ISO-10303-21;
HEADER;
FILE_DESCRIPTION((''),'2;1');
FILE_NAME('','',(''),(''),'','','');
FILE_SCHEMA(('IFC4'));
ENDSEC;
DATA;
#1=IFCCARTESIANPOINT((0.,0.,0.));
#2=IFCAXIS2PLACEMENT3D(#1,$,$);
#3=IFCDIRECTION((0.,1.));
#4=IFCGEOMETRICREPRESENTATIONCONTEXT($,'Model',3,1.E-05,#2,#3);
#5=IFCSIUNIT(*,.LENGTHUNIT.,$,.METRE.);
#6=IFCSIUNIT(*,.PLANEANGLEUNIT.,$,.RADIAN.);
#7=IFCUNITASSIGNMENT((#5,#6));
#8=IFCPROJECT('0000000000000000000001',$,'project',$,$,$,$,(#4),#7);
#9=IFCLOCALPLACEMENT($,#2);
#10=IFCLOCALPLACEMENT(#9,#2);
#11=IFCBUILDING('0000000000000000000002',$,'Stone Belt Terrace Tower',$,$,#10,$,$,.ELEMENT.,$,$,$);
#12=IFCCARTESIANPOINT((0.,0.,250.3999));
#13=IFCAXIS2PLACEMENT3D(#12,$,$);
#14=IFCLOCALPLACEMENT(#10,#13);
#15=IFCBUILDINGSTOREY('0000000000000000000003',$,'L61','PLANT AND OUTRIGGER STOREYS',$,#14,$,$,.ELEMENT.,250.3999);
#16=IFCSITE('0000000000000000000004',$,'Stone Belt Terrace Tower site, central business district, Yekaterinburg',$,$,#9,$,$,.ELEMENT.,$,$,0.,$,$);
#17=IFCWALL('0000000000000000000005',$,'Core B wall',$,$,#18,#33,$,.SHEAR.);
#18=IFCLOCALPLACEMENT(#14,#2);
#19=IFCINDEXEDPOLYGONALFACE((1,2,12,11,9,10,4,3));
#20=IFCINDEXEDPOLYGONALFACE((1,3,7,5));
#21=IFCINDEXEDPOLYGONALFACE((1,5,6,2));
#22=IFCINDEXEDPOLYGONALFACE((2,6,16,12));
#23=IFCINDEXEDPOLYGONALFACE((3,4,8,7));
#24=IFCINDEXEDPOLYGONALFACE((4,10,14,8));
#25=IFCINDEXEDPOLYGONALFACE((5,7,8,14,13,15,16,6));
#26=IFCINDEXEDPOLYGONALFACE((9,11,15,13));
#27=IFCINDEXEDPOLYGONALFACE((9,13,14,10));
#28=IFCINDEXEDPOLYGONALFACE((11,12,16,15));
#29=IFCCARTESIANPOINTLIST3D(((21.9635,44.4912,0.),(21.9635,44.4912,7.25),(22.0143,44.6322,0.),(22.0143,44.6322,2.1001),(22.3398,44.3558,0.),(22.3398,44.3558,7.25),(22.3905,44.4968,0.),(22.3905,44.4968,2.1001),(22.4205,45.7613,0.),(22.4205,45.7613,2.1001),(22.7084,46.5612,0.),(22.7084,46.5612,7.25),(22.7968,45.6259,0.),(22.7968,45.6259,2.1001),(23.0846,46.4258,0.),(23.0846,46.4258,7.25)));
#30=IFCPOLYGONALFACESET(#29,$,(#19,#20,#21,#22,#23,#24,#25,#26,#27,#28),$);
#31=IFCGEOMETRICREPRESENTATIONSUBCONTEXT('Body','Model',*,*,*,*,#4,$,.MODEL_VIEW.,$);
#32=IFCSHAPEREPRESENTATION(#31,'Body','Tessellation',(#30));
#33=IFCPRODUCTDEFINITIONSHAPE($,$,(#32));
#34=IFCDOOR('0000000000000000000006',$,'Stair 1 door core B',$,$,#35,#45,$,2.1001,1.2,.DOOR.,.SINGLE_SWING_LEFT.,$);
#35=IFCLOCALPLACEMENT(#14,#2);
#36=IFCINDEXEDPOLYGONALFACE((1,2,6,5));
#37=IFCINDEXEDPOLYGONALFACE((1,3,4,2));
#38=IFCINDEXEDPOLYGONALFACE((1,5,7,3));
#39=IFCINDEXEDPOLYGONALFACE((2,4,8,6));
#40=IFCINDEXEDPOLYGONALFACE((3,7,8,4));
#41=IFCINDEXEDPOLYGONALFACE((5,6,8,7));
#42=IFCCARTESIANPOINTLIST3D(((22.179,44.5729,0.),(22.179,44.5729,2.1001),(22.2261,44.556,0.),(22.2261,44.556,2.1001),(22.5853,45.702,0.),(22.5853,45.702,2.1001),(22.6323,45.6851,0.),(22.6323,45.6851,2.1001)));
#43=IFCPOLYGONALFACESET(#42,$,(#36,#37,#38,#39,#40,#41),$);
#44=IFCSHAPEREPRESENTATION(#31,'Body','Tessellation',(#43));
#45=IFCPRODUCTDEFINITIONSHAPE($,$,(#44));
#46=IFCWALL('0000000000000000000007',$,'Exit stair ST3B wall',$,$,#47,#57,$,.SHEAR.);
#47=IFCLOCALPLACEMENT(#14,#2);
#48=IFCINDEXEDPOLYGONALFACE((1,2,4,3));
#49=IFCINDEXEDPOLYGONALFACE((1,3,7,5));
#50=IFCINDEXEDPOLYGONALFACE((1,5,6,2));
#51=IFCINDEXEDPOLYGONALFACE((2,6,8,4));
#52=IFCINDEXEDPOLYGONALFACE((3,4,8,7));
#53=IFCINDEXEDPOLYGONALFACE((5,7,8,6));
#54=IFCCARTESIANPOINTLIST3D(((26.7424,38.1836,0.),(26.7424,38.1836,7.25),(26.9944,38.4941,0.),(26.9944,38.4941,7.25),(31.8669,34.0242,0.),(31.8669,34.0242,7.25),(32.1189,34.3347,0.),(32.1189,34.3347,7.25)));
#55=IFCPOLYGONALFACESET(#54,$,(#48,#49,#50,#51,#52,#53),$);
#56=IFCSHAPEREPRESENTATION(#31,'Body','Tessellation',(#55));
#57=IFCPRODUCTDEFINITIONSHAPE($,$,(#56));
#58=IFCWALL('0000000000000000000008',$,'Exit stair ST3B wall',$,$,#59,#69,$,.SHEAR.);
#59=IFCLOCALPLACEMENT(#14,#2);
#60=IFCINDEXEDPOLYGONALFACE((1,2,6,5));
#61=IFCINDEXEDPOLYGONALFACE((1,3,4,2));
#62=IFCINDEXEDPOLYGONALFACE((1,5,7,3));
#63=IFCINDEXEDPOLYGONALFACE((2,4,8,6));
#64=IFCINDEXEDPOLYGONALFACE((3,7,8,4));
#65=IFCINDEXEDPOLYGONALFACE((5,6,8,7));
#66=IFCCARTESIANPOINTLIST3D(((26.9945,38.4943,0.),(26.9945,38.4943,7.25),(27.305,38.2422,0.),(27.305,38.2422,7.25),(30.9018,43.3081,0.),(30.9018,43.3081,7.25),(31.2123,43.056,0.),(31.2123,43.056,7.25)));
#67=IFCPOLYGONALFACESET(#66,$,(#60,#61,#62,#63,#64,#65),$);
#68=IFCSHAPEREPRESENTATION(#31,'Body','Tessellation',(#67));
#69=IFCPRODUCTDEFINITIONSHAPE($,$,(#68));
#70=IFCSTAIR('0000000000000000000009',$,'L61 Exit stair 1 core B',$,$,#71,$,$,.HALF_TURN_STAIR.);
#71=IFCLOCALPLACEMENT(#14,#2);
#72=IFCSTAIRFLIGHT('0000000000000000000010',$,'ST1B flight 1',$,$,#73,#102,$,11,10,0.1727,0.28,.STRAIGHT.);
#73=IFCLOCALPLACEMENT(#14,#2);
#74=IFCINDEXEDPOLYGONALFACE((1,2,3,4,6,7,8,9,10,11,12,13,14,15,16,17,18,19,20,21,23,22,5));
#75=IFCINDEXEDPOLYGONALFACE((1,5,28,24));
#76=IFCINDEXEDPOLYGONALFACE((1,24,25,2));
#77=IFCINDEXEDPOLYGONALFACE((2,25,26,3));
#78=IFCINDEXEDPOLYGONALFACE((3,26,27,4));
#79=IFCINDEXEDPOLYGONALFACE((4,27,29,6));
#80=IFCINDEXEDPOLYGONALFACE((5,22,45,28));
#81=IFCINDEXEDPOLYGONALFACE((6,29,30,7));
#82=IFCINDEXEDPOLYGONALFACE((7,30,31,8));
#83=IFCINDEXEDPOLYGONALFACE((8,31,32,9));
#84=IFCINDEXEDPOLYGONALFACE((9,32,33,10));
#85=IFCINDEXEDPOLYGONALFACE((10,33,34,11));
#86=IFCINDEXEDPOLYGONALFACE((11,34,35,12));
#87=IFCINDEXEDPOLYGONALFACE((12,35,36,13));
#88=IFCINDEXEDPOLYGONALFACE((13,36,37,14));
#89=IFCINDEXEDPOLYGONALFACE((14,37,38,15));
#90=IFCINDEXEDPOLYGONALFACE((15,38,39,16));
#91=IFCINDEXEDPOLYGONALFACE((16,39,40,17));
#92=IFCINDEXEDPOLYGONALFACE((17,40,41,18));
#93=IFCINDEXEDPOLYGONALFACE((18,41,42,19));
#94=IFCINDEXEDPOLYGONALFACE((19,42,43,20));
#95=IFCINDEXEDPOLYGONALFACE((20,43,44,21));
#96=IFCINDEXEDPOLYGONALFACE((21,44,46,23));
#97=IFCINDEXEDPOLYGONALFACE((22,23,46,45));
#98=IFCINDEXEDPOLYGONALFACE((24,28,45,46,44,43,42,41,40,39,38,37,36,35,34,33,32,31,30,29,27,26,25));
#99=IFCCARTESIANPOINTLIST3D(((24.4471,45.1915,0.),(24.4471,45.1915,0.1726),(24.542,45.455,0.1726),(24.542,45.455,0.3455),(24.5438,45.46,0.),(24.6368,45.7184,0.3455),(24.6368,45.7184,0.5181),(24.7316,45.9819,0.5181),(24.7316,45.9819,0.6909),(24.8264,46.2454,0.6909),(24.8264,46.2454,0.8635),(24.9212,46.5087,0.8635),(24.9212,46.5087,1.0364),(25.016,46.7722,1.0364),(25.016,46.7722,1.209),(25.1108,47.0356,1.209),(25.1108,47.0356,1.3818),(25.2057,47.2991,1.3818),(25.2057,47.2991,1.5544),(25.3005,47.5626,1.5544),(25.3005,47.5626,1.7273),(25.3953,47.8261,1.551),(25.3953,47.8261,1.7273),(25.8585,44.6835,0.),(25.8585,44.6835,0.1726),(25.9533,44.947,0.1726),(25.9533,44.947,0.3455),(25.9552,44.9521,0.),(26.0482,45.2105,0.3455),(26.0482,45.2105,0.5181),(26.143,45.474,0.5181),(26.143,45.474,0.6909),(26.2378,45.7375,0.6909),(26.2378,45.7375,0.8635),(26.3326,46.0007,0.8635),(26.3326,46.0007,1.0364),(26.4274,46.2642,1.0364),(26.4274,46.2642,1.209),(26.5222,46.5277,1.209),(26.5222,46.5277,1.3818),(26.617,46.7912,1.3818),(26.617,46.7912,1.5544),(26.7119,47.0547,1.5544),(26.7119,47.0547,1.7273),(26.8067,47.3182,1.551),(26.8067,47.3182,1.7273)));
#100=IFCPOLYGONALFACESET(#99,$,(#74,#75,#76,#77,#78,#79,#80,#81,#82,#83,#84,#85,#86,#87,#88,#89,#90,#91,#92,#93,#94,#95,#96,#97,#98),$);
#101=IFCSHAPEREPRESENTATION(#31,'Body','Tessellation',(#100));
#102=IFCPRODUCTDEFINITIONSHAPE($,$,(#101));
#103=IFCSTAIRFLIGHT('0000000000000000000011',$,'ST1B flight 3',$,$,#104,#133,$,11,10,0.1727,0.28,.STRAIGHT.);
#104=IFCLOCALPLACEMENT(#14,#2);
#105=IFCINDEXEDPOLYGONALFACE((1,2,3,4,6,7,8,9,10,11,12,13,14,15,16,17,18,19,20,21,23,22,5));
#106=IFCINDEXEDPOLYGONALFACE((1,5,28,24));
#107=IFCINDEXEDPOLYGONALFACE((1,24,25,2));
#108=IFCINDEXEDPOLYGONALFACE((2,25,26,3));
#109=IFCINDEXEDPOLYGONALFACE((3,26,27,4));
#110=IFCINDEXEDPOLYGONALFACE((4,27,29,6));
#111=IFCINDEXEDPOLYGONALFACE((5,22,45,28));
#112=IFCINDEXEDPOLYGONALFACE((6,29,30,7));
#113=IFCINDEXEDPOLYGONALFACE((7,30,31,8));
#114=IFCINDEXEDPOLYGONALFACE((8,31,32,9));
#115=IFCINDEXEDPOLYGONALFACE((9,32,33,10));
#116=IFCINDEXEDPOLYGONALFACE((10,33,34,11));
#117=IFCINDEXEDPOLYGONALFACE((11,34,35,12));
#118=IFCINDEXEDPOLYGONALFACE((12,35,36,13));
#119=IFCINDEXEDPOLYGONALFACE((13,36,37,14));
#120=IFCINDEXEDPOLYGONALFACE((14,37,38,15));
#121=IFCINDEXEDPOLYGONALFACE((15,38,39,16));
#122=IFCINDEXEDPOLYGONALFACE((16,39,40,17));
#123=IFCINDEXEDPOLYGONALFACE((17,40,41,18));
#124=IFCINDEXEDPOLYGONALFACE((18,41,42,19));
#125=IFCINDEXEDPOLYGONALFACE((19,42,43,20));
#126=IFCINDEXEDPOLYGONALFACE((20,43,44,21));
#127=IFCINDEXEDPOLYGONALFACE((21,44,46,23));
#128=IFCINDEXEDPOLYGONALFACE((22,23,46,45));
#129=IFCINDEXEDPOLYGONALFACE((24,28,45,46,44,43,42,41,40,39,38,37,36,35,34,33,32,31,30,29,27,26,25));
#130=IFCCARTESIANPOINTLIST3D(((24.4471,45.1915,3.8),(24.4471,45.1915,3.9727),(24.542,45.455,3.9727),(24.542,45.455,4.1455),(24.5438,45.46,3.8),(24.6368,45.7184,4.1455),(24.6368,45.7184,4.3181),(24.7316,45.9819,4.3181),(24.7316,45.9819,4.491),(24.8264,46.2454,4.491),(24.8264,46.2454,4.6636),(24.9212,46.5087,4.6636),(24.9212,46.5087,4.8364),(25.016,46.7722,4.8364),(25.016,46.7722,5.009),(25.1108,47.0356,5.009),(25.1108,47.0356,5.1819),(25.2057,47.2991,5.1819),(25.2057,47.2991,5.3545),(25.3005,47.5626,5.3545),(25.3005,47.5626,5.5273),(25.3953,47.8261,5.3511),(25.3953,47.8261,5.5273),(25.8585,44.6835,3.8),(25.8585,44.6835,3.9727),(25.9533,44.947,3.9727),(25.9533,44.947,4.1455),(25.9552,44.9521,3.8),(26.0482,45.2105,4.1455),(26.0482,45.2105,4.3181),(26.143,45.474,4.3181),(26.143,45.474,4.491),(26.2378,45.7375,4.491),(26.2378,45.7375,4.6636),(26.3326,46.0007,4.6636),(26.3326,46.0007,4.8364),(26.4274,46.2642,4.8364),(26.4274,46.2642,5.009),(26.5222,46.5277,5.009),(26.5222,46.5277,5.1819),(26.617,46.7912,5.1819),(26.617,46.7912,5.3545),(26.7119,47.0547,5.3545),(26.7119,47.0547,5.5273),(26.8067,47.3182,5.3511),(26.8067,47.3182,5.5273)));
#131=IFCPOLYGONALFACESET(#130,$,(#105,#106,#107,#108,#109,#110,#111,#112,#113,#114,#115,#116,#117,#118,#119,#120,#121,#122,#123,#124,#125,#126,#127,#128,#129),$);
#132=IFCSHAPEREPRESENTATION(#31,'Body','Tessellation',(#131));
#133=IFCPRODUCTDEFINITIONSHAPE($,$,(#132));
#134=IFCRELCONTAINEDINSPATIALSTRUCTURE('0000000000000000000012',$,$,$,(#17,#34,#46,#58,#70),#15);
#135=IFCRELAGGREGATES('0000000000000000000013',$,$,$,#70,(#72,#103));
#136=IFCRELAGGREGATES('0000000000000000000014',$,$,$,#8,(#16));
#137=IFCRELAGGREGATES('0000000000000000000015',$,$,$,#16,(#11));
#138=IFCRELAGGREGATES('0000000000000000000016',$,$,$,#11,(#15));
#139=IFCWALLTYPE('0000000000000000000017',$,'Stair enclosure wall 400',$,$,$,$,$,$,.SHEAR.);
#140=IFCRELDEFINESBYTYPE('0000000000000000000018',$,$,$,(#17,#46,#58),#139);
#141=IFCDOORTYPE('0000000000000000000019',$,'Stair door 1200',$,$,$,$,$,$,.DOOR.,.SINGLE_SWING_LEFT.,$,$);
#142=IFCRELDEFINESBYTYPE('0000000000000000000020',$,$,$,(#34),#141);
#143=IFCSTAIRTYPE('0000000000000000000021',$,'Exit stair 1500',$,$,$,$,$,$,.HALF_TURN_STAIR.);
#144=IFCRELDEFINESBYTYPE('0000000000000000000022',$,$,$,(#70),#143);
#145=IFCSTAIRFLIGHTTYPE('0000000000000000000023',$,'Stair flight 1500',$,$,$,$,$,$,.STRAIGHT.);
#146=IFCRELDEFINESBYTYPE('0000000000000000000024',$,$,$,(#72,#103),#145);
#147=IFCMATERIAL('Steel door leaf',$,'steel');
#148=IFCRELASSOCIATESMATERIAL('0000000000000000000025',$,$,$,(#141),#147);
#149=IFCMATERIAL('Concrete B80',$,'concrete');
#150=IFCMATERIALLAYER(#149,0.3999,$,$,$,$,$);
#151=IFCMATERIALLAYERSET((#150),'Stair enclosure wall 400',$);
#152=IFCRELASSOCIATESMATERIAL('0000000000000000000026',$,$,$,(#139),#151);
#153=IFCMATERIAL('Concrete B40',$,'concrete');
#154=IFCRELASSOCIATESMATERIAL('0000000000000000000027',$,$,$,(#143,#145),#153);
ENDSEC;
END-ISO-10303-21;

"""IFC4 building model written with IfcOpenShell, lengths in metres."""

from ifc_helpers import new_model, si_unit, direction, frame, frame_2d, origin, place, context, subcontext, project, spatial, polyline, rectangle, outline, extrude, material, layer, layer_set, type_object, element, fill, aggregate, save


model = new_model("IFC4")

# Units and contexts
model_context = context("Model", 3, precision=1e-05, world=origin(), true_north=direction((0.0, 1.0)))
body_context = subcontext(model_context, "Body", "Model", "MODEL_VIEW")
ifc_project = project(units=[si_unit("LENGTHUNIT", "METRE"), si_unit("PLANEANGLEUNIT", "RADIAN")], contexts=[model_context])

# Site, building, storey
site_placement = place(None, origin())
site = spatial("IfcSite", under=ifc_project, at=site_placement, Name="Stone Belt Terrace Tower site, central business district, Yekaterinburg", CompositionType="ELEMENT", RefElevation=0.0)
building_placement = place(site_placement, origin())
building = spatial("IfcBuilding", under=site, at=building_placement, Name="Stone Belt Terrace Tower", CompositionType="ELEMENT")
storey_placement = place(building_placement, frame((0.0, 0.0, 250.3999)))
storey = spatial("IfcBuildingStorey", under=building, at=storey_placement, Name="L61", Description="PLANT AND OUTRIGGER STOREYS", CompositionType="ELEMENT", Elevation=250.3999)

# Wall, opening, door
ifc_material_1 = material(Name="Steel door leaf", Category="steel")
door_type_1 = type_object("IfcDoorType", Name="Stair door 1200", OperationType="SINGLE_SWING_LEFT", PredefinedType="DOOR", material=ifc_material_1)
ifc_material_2 = material(Name="Concrete B80", Category="concrete")
ifc_layer_1 = layer(ifc_material_2, 0.3999)
ifc_layer_set_1 = layer_set([ifc_layer_1], Name="Stair enclosure wall 400")
wall_type_1 = type_object("IfcWallType", Name="Stair enclosure wall 400", PredefinedType="SHEAR", material=ifc_layer_set_1)
wall_1_placement = place(storey_placement, frame((22.1516, 44.4233, 0.0), z_axis=(0.0, 0.0, 1.0), x_axis=(0.338578, 0.940938, 0.0)))
wall_1 = element("IfcWall", 1, at=wall_1_placement, inside=storey, type_object=wall_type_1, Name="Core B wall", PredefinedType="SHEAR", context=body_context, shape_type="SweptSolid", body=[
    extrude(rectangle(XDim=2.2, YDim=0.3999, at=frame_2d((1.1001, 0.0))), origin(), (0.0, 0.0, 1.0), 7.25),
])
opening_1_placement = place(wall_1_placement, frame((0.1499, 0.0, 0.0)))
opening_1 = element("IfcOpeningElement", 2, at=opening_1_placement, cuts=wall_1, PredefinedType="OPENING", context=body_context, shape_type="SweptSolid", body=[
    extrude(rectangle(XDim=1.2, YDim=2.1001, at=frame_2d((0.6001, 1.05))), frame((0.0, 0.21, 0.0), z_axis=(0.0, -1.0, 0.0), x_axis=(1.0, 0.0, 0.0)), (0.0, 0.0, 1.0), 0.4199),
])
door_1_placement = place(opening_1_placement, origin())
door_1 = element("IfcDoor", 3, at=door_1_placement, inside=storey, type_object=door_type_1, Name="Stair 1 door core B", OperationType="SINGLE_SWING_LEFT", OverallHeight=2.1001, OverallWidth=1.2, PredefinedType="DOOR", context=body_context, shape_type="SweptSolid", body=[
    extrude(rectangle(XDim=1.2, YDim=2.1001, at=frame_2d((0.6001, 1.05))), frame((0.0, 0.0249, 0.0), z_axis=(0.0, -1.0, 0.0), x_axis=(1.0, 0.0, 0.0)), (0.0, 0.0, 1.0), 0.05),
])
fill(opening_1, door_1)

# Walls
wall_2_placement = place(storey_placement, frame((26.8684, 38.3389, 0.0), z_axis=(0.0, 0.0, 1.0), x_axis=(0.776428, -0.630205, 0.0)))
element("IfcWall", 4, at=wall_2_placement, inside=storey, type_object=wall_type_1, Name="Exit stair ST3B wall", PredefinedType="SHEAR", context=body_context, shape_type="SweptSolid", body=[
    extrude(rectangle(XDim=6.6001, YDim=0.3999, at=frame_2d((3.3, 0.0))), origin(), (0.0, 0.0, 1.0), 7.25),
])
wall_3_placement = place(storey_placement, frame((27.1497, 38.3682, 0.0), z_axis=(0.0, 0.0, 1.0), x_axis=(0.630212, 0.776423, 0.0)))
element("IfcWall", 5, at=wall_3_placement, inside=storey, type_object=wall_type_1, Name="Exit stair ST3B wall", PredefinedType="SHEAR", context=body_context, shape_type="SweptSolid", body=[
    extrude(rectangle(XDim=6.2, YDim=0.3999, at=frame_2d((3.1001, 0.0))), origin(), (0.0, 0.0, 1.0), 7.25),
])

# Stair, stair flights
ifc_material_3 = material(Name="Concrete B40", Category="concrete")
stair_type = type_object("IfcStairType", Name="Exit stair 1500", PredefinedType="HALF_TURN_STAIR", material=ifc_material_3)
stair_placement = place(storey_placement, origin())
stair = element("IfcStair", 6, at=stair_placement, inside=storey, type_object=stair_type, Name="L61 Exit stair 1 core B", PredefinedType="HALF_TURN_STAIR")
stair_flight_type = type_object("IfcStairFlightType", Name="Stair flight 1500", PredefinedType="STRAIGHT", material=ifc_material_3)
stair_flight_1_placement = place(storey_placement, frame((25.1528, 44.9375, 0.0), z_axis=(0.0, 0.0, 1.0), x_axis=(0.338624, 0.940922, 0.0)))
stair_flight_1 = element("IfcStairFlight", 7, at=stair_flight_1_placement, type_object=stair_flight_type, Name="ST1B flight 1", NumberOfRisers=11, NumberOfTreads=10, PredefinedType="STRAIGHT", RiserHeight=0.1727, TreadLength=0.28, context=body_context, shape_type="SweptSolid", body=[
    extrude(outline(polyline([(0.0, 0.0), (0.0, 0.1726), (0.28, 0.1726), (0.28, 0.3455), (0.5601, 0.3455), (0.5601, 0.5181), (0.8401, 0.5181), (0.8401, 0.6909), (1.1201, 0.6909), (1.1201, 0.8635), (1.3999, 0.8635), (1.3999, 1.0364), (1.6799, 1.0364), (1.6799, 1.209), (1.96, 1.209), (1.96, 1.3818), (2.24, 1.3818), (2.24, 1.5544), (2.52, 1.5544), (2.52, 1.7273), (2.8, 1.7273), (2.8, 1.8999), (2.8, 1.551), (0.2854, 0.0), (0.0, 0.0)])), frame((0.0, 0.75, 0.0), z_axis=(0.0, -1.0, 0.0), x_axis=(1.0, 0.0, 0.0)), (0.0, 0.0, 1.0), 1.5),
])
stair_flight_2_placement = place(storey_placement, frame((25.1528, 44.9375, 3.8), z_axis=(0.0, 0.0, 1.0), x_axis=(0.338624, 0.940922, 0.0)))
stair_flight_2 = element("IfcStairFlight", 8, at=stair_flight_2_placement, type_object=stair_flight_type, Name="ST1B flight 3", NumberOfRisers=11, NumberOfTreads=10, PredefinedType="STRAIGHT", RiserHeight=0.1727, TreadLength=0.28, context=body_context, shape_type="SweptSolid", body=[
    extrude(outline(polyline([(0.0, 0.0), (0.0, 0.1726), (0.28, 0.1726), (0.28, 0.3455), (0.5601, 0.3455), (0.5601, 0.5181), (0.8401, 0.5181), (0.8401, 0.6909), (1.1201, 0.6909), (1.1201, 0.8635), (1.3999, 0.8635), (1.3999, 1.0364), (1.6799, 1.0364), (1.6799, 1.209), (1.96, 1.209), (1.96, 1.3818), (2.24, 1.3818), (2.24, 1.5544), (2.52, 1.5544), (2.52, 1.7273), (2.8, 1.7273), (2.8, 1.8999), (2.8, 1.551), (0.2854, 0.0), (0.0, 0.0)])), frame((0.0, 0.75, 0.0), z_axis=(0.0, -1.0, 0.0), x_axis=(1.0, 0.0, 0.0)), (0.0, 0.0, 1.0), 1.5),
])
aggregate(stair, [stair_flight_1, stair_flight_2])

save(model, "model.ifc")
